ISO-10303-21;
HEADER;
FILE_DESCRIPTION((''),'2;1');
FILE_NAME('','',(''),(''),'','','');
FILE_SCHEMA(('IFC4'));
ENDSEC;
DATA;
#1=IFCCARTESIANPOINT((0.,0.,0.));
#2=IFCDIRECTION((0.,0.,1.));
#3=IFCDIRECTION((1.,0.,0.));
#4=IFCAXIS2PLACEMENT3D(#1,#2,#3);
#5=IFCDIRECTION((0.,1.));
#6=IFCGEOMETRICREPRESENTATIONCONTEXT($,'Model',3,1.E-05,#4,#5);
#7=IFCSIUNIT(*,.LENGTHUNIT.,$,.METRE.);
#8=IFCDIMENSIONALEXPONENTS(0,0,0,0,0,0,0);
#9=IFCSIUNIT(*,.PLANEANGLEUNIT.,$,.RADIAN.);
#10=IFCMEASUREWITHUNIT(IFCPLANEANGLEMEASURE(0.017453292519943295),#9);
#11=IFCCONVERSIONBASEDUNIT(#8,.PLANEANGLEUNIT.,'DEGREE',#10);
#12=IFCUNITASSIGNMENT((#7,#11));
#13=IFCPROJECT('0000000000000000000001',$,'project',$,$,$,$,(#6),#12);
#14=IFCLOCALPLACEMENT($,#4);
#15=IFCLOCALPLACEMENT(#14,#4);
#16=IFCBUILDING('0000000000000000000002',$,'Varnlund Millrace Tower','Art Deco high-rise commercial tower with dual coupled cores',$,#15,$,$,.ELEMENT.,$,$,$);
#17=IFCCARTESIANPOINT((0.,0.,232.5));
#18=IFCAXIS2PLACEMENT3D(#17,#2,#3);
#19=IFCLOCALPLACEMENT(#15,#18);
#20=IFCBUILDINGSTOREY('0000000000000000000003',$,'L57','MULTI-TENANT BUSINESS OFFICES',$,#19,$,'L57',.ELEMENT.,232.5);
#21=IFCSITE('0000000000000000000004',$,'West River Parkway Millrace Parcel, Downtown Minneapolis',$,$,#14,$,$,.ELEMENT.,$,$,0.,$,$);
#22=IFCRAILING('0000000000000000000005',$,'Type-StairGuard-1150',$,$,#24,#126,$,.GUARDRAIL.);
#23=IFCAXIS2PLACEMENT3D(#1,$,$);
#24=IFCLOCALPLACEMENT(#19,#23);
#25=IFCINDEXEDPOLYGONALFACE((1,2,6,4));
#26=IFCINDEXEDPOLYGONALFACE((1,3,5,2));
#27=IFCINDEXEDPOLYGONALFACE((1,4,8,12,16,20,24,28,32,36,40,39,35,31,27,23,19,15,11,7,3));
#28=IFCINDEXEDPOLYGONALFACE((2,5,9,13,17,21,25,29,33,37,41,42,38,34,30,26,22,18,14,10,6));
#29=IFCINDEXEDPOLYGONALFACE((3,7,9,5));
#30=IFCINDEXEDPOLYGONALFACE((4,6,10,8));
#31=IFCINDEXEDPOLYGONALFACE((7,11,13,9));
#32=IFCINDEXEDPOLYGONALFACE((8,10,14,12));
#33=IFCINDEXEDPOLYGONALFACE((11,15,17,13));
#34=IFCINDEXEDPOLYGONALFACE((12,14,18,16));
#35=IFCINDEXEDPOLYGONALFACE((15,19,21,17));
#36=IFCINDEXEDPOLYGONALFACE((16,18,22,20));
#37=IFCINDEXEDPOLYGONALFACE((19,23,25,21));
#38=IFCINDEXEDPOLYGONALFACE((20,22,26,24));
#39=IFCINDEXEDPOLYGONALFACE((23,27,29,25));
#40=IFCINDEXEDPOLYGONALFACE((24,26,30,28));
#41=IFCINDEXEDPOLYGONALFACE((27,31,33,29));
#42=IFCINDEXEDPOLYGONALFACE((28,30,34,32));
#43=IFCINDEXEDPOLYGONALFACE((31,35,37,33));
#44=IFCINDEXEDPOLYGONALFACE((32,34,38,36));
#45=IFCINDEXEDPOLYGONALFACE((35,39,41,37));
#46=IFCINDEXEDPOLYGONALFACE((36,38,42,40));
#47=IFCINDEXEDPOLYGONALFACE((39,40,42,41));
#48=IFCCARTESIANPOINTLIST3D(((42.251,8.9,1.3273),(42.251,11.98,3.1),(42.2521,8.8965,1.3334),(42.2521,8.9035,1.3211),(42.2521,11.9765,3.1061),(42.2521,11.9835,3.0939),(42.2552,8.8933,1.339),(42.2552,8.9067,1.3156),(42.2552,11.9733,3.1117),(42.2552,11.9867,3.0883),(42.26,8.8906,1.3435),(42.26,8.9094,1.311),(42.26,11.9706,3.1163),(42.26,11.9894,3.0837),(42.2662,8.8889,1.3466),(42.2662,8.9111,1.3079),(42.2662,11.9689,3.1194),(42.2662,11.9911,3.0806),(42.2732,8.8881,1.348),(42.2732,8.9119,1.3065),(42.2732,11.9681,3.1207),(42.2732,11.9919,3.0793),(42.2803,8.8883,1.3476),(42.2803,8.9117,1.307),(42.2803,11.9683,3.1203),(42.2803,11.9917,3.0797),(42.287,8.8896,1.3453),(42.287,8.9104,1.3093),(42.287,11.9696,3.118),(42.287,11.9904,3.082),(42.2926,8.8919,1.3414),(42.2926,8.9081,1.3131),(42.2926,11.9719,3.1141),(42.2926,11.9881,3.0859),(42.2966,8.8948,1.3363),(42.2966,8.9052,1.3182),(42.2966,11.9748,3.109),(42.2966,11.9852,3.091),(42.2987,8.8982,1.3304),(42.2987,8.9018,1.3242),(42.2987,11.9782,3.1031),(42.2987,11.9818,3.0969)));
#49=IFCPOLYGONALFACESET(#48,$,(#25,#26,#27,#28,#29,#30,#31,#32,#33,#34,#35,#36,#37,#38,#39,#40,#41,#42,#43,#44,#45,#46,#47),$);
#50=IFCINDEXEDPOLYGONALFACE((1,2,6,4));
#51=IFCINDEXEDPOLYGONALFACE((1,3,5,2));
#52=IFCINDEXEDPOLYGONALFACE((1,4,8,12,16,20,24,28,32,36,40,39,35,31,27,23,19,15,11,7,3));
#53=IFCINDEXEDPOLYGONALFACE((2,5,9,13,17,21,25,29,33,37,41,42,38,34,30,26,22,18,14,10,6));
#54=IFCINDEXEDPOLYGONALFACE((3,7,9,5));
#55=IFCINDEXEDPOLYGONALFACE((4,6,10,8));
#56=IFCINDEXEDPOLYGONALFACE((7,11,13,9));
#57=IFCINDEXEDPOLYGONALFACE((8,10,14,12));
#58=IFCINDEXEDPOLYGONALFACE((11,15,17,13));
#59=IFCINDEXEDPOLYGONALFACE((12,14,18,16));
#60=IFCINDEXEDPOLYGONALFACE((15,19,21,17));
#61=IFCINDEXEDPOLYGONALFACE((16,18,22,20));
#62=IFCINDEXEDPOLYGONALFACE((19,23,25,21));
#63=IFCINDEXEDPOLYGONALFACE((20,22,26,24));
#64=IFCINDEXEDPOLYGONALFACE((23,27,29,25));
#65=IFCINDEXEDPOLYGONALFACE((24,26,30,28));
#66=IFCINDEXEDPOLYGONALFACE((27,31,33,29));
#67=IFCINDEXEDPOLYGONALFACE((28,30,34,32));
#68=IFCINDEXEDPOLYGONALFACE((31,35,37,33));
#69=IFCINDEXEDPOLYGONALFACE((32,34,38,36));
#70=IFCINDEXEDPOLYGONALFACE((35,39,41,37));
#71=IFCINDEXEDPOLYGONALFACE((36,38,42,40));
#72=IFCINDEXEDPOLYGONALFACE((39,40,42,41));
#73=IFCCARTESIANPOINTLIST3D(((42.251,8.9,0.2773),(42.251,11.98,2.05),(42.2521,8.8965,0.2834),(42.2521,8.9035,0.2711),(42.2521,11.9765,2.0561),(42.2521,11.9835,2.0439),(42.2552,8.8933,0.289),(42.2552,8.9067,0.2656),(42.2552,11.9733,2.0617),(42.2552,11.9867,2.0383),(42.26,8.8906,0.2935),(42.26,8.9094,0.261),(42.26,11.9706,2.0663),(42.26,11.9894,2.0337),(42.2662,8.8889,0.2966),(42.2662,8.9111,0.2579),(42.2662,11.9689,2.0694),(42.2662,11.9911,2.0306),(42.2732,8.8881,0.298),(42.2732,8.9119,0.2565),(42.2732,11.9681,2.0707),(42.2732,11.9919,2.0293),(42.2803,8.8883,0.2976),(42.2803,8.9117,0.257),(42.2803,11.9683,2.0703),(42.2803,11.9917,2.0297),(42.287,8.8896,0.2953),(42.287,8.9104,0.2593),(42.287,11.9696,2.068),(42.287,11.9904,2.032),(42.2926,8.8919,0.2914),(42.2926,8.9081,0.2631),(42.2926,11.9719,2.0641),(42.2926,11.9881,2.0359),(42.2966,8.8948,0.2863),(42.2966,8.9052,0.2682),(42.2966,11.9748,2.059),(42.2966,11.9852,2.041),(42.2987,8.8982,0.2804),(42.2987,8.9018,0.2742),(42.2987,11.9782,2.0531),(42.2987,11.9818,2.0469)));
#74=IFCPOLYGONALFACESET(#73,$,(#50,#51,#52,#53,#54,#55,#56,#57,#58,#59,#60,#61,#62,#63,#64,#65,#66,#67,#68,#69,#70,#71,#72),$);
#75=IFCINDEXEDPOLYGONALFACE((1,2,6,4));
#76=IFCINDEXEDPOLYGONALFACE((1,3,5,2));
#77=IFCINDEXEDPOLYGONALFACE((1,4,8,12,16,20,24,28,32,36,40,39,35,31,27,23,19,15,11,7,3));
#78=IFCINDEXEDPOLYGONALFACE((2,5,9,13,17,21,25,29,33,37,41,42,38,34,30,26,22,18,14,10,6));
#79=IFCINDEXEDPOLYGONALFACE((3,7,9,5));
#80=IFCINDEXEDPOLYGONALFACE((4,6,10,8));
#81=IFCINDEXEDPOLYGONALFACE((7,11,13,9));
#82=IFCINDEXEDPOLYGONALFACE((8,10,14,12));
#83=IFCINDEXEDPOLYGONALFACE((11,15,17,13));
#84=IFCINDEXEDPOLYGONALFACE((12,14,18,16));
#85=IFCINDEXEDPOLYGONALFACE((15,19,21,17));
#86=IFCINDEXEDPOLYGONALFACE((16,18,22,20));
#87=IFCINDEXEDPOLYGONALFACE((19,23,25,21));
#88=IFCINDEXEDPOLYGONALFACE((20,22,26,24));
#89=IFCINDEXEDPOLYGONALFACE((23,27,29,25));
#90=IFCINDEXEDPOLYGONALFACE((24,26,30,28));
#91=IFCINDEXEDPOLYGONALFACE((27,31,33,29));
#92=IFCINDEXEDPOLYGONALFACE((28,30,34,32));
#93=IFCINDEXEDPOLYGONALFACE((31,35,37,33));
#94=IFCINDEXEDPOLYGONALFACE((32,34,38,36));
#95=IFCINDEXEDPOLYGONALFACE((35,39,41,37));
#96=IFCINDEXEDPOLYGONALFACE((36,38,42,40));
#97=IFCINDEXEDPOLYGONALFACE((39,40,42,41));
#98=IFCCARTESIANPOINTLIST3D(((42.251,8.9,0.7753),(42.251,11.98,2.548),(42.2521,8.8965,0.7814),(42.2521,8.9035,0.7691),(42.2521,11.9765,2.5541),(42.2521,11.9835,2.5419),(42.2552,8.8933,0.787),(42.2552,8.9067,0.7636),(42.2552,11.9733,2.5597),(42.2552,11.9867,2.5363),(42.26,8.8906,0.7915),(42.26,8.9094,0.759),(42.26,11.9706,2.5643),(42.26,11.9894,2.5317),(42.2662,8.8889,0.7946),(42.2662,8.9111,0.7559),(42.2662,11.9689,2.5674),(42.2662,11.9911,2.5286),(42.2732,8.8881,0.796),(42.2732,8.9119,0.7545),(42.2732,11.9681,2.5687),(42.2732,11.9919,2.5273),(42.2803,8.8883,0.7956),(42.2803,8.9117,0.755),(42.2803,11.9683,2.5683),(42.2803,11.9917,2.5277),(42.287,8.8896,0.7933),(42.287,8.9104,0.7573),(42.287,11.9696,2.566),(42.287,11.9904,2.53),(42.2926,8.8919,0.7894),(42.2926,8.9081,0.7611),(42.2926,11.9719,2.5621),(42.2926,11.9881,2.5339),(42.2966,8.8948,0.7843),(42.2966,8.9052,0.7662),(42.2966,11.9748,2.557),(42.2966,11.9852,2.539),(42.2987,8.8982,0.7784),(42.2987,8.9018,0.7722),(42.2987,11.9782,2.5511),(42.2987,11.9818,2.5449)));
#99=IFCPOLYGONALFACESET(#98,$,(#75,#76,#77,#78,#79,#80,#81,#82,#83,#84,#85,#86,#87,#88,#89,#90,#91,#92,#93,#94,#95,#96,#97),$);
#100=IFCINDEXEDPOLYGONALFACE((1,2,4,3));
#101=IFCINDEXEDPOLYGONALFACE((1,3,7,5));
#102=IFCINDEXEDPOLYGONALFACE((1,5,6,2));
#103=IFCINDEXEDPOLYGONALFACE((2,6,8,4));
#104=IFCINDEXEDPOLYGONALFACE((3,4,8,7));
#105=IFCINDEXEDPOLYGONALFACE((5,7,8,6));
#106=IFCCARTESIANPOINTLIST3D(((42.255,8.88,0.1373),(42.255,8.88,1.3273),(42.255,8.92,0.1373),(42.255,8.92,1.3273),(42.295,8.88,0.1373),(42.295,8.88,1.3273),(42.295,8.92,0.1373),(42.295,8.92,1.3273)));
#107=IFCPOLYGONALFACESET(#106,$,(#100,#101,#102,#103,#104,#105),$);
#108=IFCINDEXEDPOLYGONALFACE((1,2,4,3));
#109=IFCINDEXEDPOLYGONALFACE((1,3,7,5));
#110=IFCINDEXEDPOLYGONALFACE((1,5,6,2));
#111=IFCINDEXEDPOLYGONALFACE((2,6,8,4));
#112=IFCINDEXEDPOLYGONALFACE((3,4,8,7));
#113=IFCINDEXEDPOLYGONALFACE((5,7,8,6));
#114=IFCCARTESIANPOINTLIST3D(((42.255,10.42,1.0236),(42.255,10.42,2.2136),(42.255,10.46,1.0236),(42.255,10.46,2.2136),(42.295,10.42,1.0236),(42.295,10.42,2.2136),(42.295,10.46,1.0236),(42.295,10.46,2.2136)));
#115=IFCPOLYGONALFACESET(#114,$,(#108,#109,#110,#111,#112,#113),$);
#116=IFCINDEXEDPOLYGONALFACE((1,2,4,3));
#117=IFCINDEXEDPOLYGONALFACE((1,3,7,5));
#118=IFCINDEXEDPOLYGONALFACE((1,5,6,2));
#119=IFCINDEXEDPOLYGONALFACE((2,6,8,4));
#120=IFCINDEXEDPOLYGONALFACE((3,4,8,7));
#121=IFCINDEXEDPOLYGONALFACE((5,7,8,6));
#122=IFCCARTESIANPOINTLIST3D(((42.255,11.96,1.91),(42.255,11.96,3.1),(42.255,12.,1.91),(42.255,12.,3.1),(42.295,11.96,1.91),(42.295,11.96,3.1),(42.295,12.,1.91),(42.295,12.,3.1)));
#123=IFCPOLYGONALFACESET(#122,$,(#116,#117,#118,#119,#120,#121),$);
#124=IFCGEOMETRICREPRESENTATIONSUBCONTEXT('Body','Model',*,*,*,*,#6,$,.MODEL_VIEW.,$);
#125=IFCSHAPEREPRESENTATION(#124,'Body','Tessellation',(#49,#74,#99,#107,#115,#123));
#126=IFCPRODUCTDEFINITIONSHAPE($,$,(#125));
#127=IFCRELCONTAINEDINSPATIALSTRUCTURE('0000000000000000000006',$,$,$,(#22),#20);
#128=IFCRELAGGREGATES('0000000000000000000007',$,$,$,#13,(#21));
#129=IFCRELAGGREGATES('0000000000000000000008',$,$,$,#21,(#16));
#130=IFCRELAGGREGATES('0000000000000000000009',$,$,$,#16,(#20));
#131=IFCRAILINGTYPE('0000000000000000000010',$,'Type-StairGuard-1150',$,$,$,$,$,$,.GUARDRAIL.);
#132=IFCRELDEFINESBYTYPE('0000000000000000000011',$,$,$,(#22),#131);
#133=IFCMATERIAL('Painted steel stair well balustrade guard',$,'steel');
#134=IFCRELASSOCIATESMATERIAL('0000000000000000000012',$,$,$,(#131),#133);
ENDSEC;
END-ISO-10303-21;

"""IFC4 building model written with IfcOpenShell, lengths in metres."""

from ifc_helpers import new_model, entity, si_unit, converted_unit, direction, frame, origin_with_axes, origin_2d_with_axis, place, context, subcontext, project, spatial, rectangle, circle, extrude, material, type_object, element, save


model = new_model("IFC4")

# Units and contexts
model_context = context("Model", 3, precision=1e-05, world=origin_with_axes(), true_north=direction((0.0, 1.0)))
body_context = subcontext(model_context, "Body", "Model", "MODEL_VIEW")
ifc_project = project(units=[si_unit("LENGTHUNIT", "METRE"), converted_unit("PLANEANGLEUNIT", "DEGREE", entity("IfcPlaneAngleMeasure", 0.017453292519943295), si_unit("PLANEANGLEUNIT", "RADIAN"), dimensions=[0, 0, 0, 0, 0, 0, 0])], contexts=[model_context])

# Site, building, storey
site_placement = place(None, origin_with_axes())
site = spatial("IfcSite", under=ifc_project, at=site_placement, Name="West River Parkway Millrace Parcel, Downtown Minneapolis", CompositionType="ELEMENT", RefElevation=0.0)
building_placement = place(site_placement, origin_with_axes())
building = spatial("IfcBuilding", under=site, at=building_placement, Name="Varnlund Millrace Tower", Description="Art Deco high-rise commercial tower with dual coupled cores", CompositionType="ELEMENT")
storey_placement = place(building_placement, frame((0.0, 0.0, 232.5), z_axis=(0.0, 0.0, 1.0), x_axis=(1.0, 0.0, 0.0)))
storey = spatial("IfcBuildingStorey", under=building, at=storey_placement, Name="L57", Description="MULTI-TENANT BUSINESS OFFICES", LongName="L57", CompositionType="ELEMENT", Elevation=232.5)

# Railing
ifc_material_1 = material(Name="Painted steel stair well balustrade guard", Category="steel")
railing_type_1 = type_object("IfcRailingType", Name="Type-StairGuard-1150", PredefinedType="GUARDRAIL", material=ifc_material_1)
railing_1_placement = place(storey_placement, frame((0.0, 0.0, -232.5), z_axis=(0.0, 0.0, 1.0), x_axis=(1.0, 0.0, 0.0)))
element("IfcRailing", 1, at=railing_1_placement, inside=storey, type_object=railing_type_1, Name="Type-StairGuard-1150", PredefinedType="GUARDRAIL", context=body_context, shape_type="SweptSolid", body=[
    extrude(circle(Radius=0.024, at=origin_2d_with_axis()), frame((42.275, 8.9, 233.8273), z_axis=(0.0, 0.866696, 0.498836), x_axis=(-1.0, 0.0, 0.0)), (0.0, 0.0, 1.0), 3.5537),
    extrude(circle(Radius=0.024, at=origin_2d_with_axis()), frame((42.275, 8.9, 232.7773), z_axis=(0.0, 0.866696, 0.498836), x_axis=(-1.0, 0.0, 0.0)), (0.0, 0.0, 1.0), 3.5537),
    extrude(circle(Radius=0.024, at=origin_2d_with_axis()), frame((42.275, 8.9, 233.2753), z_axis=(0.0, 0.866696, 0.498836), x_axis=(-1.0, 0.0, 0.0)), (0.0, 0.0, 1.0), 3.5537),
    extrude(rectangle(XDim=0.04, YDim=0.04, at=origin_2d_with_axis()), frame((42.275, 8.9, 232.6373), z_axis=(0.0, 0.0, 1.0), x_axis=(1.0, 0.0, 0.0)), (0.0, 0.0, 1.0), 1.19),
    extrude(rectangle(XDim=0.04, YDim=0.04, at=origin_2d_with_axis()), frame((42.275, 10.44, 233.5236), z_axis=(0.0, 0.0, 1.0), x_axis=(1.0, 0.0, 0.0)), (0.0, 0.0, 1.0), 1.19),
    extrude(rectangle(XDim=0.04, YDim=0.04, at=origin_2d_with_axis()), frame((42.275, 11.98, 234.41), z_axis=(0.0, 0.0, 1.0), x_axis=(1.0, 0.0, 0.0)), (0.0, 0.0, 1.0), 1.19),
])

save(model, "model.ifc")
